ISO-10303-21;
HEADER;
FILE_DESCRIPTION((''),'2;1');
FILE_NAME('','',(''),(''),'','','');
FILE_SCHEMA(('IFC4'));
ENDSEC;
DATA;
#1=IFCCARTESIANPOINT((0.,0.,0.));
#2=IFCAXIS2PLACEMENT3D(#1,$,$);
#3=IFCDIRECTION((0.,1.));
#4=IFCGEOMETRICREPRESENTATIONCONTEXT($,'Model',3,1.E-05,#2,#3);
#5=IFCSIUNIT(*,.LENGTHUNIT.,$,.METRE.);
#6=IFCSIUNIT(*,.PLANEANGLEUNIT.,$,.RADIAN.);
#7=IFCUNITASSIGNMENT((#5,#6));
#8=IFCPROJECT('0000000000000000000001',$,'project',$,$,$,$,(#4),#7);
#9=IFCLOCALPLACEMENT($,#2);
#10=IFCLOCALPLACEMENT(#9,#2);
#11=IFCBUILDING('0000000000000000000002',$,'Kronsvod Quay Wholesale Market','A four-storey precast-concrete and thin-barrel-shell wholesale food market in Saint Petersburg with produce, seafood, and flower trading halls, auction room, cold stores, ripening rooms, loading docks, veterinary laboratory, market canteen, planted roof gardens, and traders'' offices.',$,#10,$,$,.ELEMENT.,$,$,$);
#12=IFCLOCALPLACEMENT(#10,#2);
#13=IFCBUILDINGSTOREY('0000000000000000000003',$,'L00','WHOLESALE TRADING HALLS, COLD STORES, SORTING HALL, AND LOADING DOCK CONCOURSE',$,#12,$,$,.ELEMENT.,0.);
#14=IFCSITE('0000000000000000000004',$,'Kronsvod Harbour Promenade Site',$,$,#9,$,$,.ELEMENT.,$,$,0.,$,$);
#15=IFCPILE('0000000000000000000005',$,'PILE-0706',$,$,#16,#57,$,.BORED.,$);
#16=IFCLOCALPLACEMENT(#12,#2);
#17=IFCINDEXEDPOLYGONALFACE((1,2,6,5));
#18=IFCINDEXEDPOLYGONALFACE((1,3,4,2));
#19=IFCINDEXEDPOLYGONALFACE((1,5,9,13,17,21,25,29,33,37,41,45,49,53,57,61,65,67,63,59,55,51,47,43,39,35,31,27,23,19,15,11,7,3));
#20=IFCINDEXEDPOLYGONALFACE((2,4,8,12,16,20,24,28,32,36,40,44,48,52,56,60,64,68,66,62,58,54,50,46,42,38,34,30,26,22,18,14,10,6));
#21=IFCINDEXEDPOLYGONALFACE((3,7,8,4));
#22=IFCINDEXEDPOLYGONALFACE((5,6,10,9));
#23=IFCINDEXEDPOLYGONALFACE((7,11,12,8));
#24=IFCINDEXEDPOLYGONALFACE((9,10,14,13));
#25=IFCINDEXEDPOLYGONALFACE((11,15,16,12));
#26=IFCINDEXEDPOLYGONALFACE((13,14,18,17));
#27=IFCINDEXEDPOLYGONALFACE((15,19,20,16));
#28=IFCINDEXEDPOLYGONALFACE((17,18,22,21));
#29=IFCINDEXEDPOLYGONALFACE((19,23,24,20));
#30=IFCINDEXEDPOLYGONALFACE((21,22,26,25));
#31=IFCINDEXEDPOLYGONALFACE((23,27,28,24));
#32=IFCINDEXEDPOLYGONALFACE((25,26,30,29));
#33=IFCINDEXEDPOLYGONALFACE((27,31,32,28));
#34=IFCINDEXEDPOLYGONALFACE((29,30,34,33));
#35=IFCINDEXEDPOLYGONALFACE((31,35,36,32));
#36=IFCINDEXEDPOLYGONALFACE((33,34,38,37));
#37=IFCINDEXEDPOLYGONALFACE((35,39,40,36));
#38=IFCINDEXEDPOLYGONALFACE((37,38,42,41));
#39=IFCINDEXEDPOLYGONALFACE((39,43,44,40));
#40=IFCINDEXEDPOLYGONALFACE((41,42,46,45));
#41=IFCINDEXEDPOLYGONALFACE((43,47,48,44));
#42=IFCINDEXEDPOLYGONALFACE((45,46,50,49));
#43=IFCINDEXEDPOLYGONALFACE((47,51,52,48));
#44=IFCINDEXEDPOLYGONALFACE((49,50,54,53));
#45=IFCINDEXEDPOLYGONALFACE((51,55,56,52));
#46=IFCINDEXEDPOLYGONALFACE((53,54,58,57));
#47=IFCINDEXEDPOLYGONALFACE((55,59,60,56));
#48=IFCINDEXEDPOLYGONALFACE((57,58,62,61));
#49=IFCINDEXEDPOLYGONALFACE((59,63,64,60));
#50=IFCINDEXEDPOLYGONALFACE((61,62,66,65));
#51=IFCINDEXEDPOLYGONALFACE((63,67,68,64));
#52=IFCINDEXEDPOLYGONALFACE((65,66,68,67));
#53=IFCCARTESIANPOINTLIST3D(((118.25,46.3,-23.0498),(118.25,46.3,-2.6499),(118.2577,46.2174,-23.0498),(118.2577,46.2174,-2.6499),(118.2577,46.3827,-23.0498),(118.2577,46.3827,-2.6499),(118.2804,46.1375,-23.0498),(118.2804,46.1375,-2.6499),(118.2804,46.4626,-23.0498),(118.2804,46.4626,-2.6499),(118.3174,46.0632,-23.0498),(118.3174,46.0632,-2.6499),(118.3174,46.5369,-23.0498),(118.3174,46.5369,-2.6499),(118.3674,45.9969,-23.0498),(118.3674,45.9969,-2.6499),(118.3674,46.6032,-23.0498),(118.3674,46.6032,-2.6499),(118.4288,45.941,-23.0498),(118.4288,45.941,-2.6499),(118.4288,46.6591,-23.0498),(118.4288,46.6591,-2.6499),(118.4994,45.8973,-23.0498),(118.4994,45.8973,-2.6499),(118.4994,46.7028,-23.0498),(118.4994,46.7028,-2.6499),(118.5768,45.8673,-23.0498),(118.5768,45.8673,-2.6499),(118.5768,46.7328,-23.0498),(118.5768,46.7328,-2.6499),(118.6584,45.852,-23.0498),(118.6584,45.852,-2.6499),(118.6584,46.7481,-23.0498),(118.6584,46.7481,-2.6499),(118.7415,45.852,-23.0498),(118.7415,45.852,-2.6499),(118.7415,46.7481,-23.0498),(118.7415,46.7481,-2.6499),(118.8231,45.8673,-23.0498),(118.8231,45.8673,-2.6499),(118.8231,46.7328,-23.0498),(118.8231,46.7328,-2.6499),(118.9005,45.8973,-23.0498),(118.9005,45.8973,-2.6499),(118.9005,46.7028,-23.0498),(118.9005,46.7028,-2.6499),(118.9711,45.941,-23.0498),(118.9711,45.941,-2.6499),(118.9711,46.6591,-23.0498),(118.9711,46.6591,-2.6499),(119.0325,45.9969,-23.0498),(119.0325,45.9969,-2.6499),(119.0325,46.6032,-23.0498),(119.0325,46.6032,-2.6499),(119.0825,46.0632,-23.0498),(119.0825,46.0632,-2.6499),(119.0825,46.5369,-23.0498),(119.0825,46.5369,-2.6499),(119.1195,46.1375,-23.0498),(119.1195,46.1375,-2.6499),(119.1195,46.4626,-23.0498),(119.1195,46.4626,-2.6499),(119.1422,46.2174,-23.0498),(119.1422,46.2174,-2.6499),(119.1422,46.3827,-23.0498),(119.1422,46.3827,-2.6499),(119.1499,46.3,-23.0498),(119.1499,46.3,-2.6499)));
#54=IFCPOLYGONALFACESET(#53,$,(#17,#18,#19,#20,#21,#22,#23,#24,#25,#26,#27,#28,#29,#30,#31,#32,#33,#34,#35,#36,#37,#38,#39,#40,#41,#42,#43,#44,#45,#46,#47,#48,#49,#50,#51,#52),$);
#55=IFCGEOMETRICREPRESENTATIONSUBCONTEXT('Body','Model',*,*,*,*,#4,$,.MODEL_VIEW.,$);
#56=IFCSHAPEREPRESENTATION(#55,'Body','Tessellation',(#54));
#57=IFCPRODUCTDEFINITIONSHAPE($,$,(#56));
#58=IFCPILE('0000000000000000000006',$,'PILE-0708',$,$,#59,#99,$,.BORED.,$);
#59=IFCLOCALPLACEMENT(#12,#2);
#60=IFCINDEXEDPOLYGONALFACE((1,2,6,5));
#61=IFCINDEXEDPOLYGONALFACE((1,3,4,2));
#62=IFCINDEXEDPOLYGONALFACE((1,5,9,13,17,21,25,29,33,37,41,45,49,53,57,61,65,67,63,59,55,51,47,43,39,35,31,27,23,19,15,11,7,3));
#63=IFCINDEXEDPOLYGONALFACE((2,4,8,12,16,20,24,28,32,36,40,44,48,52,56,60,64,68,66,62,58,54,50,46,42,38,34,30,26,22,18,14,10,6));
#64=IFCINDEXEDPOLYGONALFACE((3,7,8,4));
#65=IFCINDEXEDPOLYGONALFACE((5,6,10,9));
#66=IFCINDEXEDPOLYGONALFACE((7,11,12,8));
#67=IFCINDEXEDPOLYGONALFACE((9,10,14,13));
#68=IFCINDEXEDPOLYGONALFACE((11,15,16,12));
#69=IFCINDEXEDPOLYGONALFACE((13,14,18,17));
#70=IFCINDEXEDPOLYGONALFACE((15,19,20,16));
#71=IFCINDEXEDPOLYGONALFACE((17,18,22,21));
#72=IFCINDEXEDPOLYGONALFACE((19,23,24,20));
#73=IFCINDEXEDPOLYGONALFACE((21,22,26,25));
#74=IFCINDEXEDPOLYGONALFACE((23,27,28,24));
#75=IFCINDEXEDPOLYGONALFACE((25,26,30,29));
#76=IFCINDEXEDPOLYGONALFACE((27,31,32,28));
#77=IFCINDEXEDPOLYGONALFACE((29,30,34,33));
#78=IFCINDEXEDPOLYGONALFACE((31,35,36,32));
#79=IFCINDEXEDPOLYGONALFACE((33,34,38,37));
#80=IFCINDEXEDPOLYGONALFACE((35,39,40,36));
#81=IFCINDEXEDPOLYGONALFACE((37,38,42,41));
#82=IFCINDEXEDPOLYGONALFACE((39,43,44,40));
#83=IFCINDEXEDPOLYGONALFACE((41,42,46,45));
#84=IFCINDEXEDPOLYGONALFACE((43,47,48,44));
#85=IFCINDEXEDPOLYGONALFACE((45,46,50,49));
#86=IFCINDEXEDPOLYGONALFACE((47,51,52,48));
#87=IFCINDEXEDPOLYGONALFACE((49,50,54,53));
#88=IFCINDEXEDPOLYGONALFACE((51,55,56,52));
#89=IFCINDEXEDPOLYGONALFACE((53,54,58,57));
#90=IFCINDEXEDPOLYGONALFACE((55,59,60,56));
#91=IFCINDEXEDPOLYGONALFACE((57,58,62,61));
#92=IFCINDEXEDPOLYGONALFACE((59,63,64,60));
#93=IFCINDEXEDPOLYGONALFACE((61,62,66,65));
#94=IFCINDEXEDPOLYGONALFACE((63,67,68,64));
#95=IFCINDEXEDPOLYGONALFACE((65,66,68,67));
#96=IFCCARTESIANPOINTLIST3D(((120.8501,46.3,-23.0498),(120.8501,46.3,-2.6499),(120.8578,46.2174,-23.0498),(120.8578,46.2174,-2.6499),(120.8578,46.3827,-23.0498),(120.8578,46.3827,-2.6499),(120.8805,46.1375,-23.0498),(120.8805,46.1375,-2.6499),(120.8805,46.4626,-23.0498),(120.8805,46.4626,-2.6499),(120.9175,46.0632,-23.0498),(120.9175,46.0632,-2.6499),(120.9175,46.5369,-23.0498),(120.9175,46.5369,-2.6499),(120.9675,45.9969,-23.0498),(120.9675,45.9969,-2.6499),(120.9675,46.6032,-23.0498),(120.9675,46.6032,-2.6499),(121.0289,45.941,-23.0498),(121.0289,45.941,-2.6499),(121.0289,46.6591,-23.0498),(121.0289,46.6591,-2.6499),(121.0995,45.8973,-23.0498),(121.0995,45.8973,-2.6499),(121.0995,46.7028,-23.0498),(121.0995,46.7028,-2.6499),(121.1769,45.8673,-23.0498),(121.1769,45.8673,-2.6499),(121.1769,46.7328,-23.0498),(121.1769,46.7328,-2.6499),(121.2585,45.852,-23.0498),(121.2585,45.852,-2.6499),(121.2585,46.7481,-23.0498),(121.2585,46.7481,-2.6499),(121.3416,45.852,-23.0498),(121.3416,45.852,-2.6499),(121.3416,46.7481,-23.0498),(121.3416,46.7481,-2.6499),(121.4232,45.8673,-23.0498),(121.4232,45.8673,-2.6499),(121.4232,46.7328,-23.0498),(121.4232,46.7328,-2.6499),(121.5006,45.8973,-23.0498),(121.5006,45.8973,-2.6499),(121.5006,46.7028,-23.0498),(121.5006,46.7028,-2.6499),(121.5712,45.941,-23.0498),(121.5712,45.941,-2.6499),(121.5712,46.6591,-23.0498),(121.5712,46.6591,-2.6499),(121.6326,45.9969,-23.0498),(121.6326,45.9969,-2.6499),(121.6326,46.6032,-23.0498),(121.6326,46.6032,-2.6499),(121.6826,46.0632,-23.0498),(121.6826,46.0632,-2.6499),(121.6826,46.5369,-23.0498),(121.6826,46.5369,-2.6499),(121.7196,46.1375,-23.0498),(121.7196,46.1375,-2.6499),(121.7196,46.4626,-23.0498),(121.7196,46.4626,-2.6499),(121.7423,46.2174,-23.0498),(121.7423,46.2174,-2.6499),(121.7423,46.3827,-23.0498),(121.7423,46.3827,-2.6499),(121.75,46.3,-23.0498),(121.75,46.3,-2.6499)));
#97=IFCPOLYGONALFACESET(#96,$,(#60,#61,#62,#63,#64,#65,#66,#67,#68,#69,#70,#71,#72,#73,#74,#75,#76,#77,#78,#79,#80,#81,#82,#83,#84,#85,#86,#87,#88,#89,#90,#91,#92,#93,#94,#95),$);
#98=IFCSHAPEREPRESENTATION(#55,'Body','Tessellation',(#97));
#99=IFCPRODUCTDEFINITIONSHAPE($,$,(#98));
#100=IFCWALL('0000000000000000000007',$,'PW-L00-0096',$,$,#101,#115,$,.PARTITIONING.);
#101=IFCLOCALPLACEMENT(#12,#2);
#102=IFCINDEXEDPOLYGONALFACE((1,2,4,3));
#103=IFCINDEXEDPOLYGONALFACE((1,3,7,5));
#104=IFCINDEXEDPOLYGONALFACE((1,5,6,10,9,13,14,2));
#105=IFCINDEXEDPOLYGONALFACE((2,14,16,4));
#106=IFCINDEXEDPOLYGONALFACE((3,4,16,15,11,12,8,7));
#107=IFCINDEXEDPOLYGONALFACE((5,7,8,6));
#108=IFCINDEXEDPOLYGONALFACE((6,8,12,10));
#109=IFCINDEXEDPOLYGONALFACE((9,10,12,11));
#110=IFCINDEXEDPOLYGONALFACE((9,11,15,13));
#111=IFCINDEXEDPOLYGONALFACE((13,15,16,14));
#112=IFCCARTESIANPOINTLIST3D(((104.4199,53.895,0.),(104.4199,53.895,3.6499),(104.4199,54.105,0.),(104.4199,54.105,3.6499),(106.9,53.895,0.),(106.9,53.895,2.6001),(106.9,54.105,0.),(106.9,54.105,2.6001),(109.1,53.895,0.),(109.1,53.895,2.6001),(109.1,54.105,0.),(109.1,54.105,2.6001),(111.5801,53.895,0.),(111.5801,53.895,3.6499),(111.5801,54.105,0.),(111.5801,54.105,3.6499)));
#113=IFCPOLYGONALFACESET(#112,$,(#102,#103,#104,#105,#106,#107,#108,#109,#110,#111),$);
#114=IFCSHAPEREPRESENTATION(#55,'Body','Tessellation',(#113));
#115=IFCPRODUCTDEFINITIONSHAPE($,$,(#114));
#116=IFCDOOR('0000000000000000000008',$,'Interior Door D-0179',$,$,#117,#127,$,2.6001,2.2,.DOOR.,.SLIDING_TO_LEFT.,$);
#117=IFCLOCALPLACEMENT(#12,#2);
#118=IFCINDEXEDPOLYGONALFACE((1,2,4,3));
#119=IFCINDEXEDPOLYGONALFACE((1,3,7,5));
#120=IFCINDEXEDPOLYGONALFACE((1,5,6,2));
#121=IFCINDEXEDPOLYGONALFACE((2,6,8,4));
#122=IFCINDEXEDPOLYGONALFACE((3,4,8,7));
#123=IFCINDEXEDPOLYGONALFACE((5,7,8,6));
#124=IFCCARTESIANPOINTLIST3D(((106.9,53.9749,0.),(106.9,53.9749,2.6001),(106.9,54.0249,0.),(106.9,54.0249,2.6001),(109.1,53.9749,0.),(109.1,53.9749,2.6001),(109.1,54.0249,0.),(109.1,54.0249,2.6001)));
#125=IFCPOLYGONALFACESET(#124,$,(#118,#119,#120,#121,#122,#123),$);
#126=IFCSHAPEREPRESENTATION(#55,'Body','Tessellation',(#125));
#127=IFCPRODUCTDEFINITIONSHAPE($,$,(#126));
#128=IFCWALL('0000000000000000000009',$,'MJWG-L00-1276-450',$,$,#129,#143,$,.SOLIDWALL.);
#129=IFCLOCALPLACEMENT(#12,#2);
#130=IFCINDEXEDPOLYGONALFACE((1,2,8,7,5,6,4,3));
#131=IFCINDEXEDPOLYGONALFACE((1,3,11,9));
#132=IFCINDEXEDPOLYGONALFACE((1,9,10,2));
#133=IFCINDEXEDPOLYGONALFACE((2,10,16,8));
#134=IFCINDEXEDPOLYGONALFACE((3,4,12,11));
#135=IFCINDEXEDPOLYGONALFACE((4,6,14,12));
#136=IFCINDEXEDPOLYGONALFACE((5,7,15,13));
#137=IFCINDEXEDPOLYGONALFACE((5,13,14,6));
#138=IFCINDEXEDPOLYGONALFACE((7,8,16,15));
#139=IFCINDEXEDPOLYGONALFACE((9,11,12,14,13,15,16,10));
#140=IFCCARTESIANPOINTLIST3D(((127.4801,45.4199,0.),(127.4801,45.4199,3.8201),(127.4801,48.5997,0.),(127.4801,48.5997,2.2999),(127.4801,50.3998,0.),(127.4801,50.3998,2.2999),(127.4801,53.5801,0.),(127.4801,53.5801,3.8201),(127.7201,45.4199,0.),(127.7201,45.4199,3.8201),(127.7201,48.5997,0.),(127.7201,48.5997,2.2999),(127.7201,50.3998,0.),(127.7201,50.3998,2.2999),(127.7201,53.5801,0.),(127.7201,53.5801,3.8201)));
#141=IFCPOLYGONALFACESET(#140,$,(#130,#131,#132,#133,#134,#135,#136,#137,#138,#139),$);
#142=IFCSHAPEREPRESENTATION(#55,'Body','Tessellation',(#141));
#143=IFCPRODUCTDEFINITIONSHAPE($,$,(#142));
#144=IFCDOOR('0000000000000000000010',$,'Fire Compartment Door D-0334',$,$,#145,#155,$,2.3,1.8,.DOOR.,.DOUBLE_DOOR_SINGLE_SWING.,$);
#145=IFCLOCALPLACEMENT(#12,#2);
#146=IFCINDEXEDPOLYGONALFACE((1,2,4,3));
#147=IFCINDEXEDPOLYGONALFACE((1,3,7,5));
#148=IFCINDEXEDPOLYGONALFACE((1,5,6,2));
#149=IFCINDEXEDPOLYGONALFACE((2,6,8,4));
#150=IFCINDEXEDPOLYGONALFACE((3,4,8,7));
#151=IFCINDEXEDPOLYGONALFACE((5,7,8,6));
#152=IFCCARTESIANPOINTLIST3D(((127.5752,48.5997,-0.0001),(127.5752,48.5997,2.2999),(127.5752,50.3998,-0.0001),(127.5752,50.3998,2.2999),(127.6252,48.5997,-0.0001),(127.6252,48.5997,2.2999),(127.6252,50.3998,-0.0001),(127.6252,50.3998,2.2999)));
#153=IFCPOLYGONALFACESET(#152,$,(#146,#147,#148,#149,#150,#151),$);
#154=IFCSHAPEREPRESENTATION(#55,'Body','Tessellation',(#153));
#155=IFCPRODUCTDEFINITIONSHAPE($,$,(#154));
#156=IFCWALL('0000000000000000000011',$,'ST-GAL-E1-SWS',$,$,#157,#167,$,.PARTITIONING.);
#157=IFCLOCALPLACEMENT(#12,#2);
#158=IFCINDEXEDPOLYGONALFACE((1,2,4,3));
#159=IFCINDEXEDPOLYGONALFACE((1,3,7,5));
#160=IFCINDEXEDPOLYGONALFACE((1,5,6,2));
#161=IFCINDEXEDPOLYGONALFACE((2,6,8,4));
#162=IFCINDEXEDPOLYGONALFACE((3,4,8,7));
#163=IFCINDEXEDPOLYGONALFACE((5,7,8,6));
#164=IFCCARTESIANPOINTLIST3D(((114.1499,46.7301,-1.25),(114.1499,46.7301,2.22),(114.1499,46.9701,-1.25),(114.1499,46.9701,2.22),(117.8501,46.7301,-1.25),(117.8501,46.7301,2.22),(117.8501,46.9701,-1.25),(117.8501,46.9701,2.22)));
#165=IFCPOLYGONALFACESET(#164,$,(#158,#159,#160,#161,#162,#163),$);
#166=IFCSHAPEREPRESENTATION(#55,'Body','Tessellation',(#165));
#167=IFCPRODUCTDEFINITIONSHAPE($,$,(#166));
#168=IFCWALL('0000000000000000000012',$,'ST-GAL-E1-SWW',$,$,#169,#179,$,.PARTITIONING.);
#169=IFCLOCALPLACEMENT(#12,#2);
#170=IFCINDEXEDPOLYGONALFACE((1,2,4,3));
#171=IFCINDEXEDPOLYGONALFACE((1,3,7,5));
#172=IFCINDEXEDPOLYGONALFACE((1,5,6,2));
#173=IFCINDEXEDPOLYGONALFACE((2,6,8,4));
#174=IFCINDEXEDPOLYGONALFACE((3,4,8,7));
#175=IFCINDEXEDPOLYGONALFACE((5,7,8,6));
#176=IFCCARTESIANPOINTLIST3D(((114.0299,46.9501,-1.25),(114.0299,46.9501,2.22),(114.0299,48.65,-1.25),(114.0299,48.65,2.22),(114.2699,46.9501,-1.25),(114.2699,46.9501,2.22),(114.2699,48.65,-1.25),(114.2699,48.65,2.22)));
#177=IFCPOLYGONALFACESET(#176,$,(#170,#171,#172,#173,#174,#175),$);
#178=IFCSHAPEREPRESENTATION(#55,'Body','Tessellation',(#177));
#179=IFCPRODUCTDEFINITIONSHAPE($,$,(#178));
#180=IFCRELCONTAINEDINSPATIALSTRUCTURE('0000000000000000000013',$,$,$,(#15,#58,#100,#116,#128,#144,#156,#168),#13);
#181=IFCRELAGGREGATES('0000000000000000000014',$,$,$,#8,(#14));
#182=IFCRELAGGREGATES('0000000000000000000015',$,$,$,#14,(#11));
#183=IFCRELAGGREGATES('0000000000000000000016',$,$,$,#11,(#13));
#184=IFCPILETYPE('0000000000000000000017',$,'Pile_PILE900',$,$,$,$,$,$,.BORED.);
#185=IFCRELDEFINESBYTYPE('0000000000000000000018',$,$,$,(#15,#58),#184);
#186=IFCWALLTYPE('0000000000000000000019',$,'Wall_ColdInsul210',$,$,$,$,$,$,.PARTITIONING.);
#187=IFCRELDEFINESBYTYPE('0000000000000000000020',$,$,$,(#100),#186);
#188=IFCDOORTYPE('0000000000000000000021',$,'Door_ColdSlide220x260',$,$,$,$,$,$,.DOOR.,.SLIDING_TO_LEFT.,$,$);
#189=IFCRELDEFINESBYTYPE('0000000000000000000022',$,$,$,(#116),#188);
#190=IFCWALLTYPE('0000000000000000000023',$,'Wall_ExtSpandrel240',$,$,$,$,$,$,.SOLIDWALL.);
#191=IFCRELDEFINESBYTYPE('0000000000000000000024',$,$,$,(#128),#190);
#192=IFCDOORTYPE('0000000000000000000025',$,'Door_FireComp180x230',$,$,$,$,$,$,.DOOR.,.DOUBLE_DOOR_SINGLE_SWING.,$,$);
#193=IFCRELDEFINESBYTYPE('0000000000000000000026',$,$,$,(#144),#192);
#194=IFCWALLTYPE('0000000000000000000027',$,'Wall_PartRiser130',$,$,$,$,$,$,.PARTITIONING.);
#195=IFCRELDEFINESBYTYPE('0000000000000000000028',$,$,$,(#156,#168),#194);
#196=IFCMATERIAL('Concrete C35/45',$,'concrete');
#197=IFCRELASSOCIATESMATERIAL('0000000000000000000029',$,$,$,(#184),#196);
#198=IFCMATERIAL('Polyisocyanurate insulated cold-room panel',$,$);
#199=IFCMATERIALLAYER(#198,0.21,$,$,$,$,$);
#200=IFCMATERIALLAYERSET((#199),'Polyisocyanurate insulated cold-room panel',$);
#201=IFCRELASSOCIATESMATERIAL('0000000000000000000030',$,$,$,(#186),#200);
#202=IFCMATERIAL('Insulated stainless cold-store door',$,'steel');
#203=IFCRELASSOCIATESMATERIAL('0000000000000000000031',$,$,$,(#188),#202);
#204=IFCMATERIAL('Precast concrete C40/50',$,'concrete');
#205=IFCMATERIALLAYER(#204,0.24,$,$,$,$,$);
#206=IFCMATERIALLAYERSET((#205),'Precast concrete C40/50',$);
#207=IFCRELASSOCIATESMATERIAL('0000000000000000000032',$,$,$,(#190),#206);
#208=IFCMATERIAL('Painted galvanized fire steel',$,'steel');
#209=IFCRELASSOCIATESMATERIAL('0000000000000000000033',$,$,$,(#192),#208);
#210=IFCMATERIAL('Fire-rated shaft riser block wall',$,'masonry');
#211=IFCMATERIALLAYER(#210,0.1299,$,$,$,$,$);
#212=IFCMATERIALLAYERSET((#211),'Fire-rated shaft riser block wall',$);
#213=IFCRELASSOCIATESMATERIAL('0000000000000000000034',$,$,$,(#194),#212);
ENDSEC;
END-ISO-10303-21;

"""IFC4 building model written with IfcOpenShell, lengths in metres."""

from ifc_helpers import new_model, si_unit, direction, frame, frame_2d, origin, origin_2d, place, context, subcontext, project, spatial, rectangle, circle, extrude, material, layer, layer_set, material_profile, profile_set, type_object, element, fill, save


model = new_model("IFC4")

# Units and contexts
model_context = context("Model", 3, precision=1e-05, world=origin(), true_north=direction((0.0, 1.0)))
body_context = subcontext(model_context, "Body", "Model", "MODEL_VIEW")
ifc_project = project(units=[si_unit("LENGTHUNIT", "METRE"), si_unit("PLANEANGLEUNIT", "RADIAN")], contexts=[model_context])

# Site, building, storey
site_placement = place(None, origin())
site = spatial("IfcSite", under=ifc_project, at=site_placement, Name="Kronsvod Harbour Promenade Site", CompositionType="ELEMENT", RefElevation=0.0)
building_placement = place(site_placement, origin())
building = spatial("IfcBuilding", under=site, at=building_placement, Name="Kronsvod Quay Wholesale Market", Description="A four-storey precast-concrete and thin-barrel-shell wholesale food market in Saint Petersburg with produce, seafood, and flower trading halls, auction room, cold stores, ripening rooms, loading docks, veterinary laboratory, market canteen, planted roof gardens, and traders' offices.", CompositionType="ELEMENT")
storey_placement = place(building_placement, origin())
storey = spatial("IfcBuildingStorey", under=building, at=storey_placement, Name="L00", Description="WHOLESALE TRADING HALLS, COLD STORES, SORTING HALL, AND LOADING DOCK CONCOURSE", CompositionType="ELEMENT", Elevation=0.0)

# Piles
ifc_material_1 = material(Name="Concrete C35/45", Category="concrete")
ifc_material_profile_1 = material_profile(ifc_material_1, circle(Radius=0.45, at=origin_2d()), Name="PILE900")
ifc_profile_set_1 = profile_set([ifc_material_profile_1], Name="Concrete C35/45")
pile_type_1 = type_object("IfcPileType", Name="Pile_PILE900", PredefinedType="BORED", material=ifc_profile_set_1)
for number, where, z_axis, x_axis, name in (
    (1, (118.7, 46.3, -2.6499), (0.0, 0.0, -1.0), (1.0, 0.0, 0.0), "PILE-0706"),
    (2, (121.3, 46.3, -2.6499), (0.0, 0.0, -1.0), (1.0, 0.0, 0.0), "PILE-0708"),
):
    element("IfcPile", number, at=place(storey_placement, frame(where, z_axis=z_axis, x_axis=x_axis)), inside=storey, type_object=pile_type_1, Name=name, PredefinedType="BORED", context=body_context, shape_type="SweptSolid", body=[
        extrude(circle(Radius=0.45, at=origin_2d()), origin(), (0.0, 0.0, 1.0), 20.3999),
    ])

# Walls, openings, doors
ifc_material_2 = material(Name="Polyisocyanurate insulated cold-room panel")
ifc_layer_1 = layer(ifc_material_2, 0.21)
ifc_layer_set_1 = layer_set([ifc_layer_1], Name="Polyisocyanurate insulated cold-room panel")
wall_type_1 = type_object("IfcWallType", Name="Wall_ColdInsul210", PredefinedType="PARTITIONING", material=ifc_layer_set_1)
wall_1_placement = place(storey_placement, frame((104.4199, 54.0, 0.0), z_axis=(0.0, 0.0, 1.0), x_axis=(1.0, 0.0, 0.0)))
wall_1 = element("IfcWall", 3, at=wall_1_placement, inside=storey, type_object=wall_type_1, Name="PW-L00-0096", PredefinedType="PARTITIONING", context=body_context, shape_type="SweptSolid", body=[
    extrude(rectangle(XDim=7.1602, YDim=0.21, at=frame_2d((3.5801, 0.0))), origin(), (0.0, 0.0, 1.0), 3.6499),
])
opening_1_placement = place(wall_1_placement, frame((2.48, 0.0, 0.0)))
opening_1 = element("IfcOpeningElement", 4, at=opening_1_placement, cuts=wall_1, PredefinedType="OPENING", context=body_context, shape_type="SweptSolid", body=[
    extrude(rectangle(XDim=2.2, YDim=2.6001, at=frame_2d((1.1001, 1.3))), frame((0.0, 0.115, 0.0), z_axis=(0.0, -1.0, 0.0), x_axis=(1.0, 0.0, 0.0)), (0.0, 0.0, 1.0), 0.23),
])
ifc_material_3 = material(Name="Insulated stainless cold-store door", Category="steel")
door_type_1 = type_object("IfcDoorType", Name="Door_ColdSlide220x260", OperationType="SLIDING_TO_LEFT", PredefinedType="DOOR", material=ifc_material_3)
door_1_placement = place(opening_1_placement, origin())
door_1 = element("IfcDoor", 5, at=door_1_placement, inside=storey, type_object=door_type_1, Name="Interior Door D-0179", OperationType="SLIDING_TO_LEFT", OverallHeight=2.6001, OverallWidth=2.2, PredefinedType="DOOR", context=body_context, shape_type="SweptSolid", body=[
    extrude(rectangle(XDim=2.2, YDim=2.6001, at=frame_2d((1.1001, 1.3))), frame((0.0, 0.0249, 0.0), z_axis=(0.0, -1.0, 0.0), x_axis=(1.0, 0.0, 0.0)), (0.0, 0.0, 1.0), 0.05),
])
fill(opening_1, door_1)
ifc_material_4 = material(Name="Precast concrete C40/50", Category="concrete")
ifc_layer_2 = layer(ifc_material_4, 0.24)
ifc_layer_set_2 = layer_set([ifc_layer_2], Name="Precast concrete C40/50")
wall_type_2 = type_object("IfcWallType", Name="Wall_ExtSpandrel240", PredefinedType="SOLIDWALL", material=ifc_layer_set_2)
wall_2_placement = place(storey_placement, frame((127.6001, 45.4199, 0.0), z_axis=(0.0, 0.0, 1.0), x_axis=(0.0, 1.0, 0.0)))
wall_2 = element("IfcWall", 6, at=wall_2_placement, inside=storey, type_object=wall_type_2, Name="MJWG-L00-1276-450", PredefinedType="SOLIDWALL", context=body_context, shape_type="SweptSolid", body=[
    extrude(rectangle(XDim=8.1602, YDim=0.24, at=frame_2d((4.0801, 0.0))), origin(), (0.0, 0.0, 1.0), 3.8201),
])
opening_2_placement = place(wall_2_placement, frame((3.1799, 0.0, 0.0)))
opening_2 = element("IfcOpeningElement", 7, at=opening_2_placement, cuts=wall_2, PredefinedType="OPENING", context=body_context, shape_type="SweptSolid", body=[
    extrude(rectangle(XDim=1.8, YDim=2.3, at=frame_2d((0.8999, 1.1499))), frame((0.0, 0.1299, 0.0), z_axis=(0.0, -1.0, 0.0), x_axis=(1.0, 0.0, 0.0)), (0.0, 0.0, 1.0), 0.26),
])
ifc_material_5 = material(Name="Painted galvanized fire steel", Category="steel")
door_type_2 = type_object("IfcDoorType", Name="Door_FireComp180x230", OperationType="DOUBLE_DOOR_SINGLE_SWING", PredefinedType="DOOR", material=ifc_material_5)
door_2_placement = place(opening_2_placement, origin())
door_2 = element("IfcDoor", 8, at=door_2_placement, inside=storey, type_object=door_type_2, Name="Fire Compartment Door D-0334", OperationType="DOUBLE_DOOR_SINGLE_SWING", OverallHeight=2.3, OverallWidth=1.8, PredefinedType="DOOR", context=body_context, shape_type="SweptSolid", body=[
    extrude(rectangle(XDim=1.8, YDim=2.3, at=frame_2d((0.8999, 1.1499))), frame((0.0, 0.0249, 0.0), z_axis=(0.0, -1.0, 0.0), x_axis=(1.0, 0.0, 0.0)), (0.0, 0.0, 1.0), 0.05),
])
fill(opening_2, door_2)

# Walls
ifc_material_6 = material(Name="Fire-rated shaft riser block wall", Category="masonry")
ifc_layer_3 = layer(ifc_material_6, 0.1299)
ifc_layer_set_3 = layer_set([ifc_layer_3], Name="Fire-rated shaft riser block wall")
wall_type_3 = type_object("IfcWallType", Name="Wall_PartRiser130", PredefinedType="PARTITIONING", material=ifc_layer_set_3)
wall_3_placement = place(storey_placement, frame((114.1499, 46.8501, -1.25), z_axis=(0.0, 0.0, 1.0), x_axis=(1.0, 0.0, 0.0)))
element("IfcWall", 9, at=wall_3_placement, inside=storey, type_object=wall_type_3, Name="ST-GAL-E1-SWS", PredefinedType="PARTITIONING", context=body_context, shape_type="SweptSolid", body=[
    extrude(rectangle(XDim=3.7002, YDim=0.24, at=frame_2d((1.8501, 0.0))), origin(), (0.0, 0.0, 1.0), 3.47),
])
for number, where, z_axis, x_axis, name in (
    (10, (114.1499, 46.95, -1.25), (0.0, 0.0, 1.0), (0.0, 1.0, 0.0), "ST-GAL-E1-SWW"),
):
    element("IfcWall", number, at=place(storey_placement, frame(where, z_axis=z_axis, x_axis=x_axis)), inside=storey, type_object=wall_type_3, Name=name, PredefinedType="PARTITIONING", context=body_context, shape_type="SweptSolid", body=[
        extrude(rectangle(XDim=1.7, YDim=0.24, at=frame_2d((0.8501, 0.0))), origin(), (0.0, 0.0, 1.0), 3.47),
    ])

save(model, "model.ifc")
